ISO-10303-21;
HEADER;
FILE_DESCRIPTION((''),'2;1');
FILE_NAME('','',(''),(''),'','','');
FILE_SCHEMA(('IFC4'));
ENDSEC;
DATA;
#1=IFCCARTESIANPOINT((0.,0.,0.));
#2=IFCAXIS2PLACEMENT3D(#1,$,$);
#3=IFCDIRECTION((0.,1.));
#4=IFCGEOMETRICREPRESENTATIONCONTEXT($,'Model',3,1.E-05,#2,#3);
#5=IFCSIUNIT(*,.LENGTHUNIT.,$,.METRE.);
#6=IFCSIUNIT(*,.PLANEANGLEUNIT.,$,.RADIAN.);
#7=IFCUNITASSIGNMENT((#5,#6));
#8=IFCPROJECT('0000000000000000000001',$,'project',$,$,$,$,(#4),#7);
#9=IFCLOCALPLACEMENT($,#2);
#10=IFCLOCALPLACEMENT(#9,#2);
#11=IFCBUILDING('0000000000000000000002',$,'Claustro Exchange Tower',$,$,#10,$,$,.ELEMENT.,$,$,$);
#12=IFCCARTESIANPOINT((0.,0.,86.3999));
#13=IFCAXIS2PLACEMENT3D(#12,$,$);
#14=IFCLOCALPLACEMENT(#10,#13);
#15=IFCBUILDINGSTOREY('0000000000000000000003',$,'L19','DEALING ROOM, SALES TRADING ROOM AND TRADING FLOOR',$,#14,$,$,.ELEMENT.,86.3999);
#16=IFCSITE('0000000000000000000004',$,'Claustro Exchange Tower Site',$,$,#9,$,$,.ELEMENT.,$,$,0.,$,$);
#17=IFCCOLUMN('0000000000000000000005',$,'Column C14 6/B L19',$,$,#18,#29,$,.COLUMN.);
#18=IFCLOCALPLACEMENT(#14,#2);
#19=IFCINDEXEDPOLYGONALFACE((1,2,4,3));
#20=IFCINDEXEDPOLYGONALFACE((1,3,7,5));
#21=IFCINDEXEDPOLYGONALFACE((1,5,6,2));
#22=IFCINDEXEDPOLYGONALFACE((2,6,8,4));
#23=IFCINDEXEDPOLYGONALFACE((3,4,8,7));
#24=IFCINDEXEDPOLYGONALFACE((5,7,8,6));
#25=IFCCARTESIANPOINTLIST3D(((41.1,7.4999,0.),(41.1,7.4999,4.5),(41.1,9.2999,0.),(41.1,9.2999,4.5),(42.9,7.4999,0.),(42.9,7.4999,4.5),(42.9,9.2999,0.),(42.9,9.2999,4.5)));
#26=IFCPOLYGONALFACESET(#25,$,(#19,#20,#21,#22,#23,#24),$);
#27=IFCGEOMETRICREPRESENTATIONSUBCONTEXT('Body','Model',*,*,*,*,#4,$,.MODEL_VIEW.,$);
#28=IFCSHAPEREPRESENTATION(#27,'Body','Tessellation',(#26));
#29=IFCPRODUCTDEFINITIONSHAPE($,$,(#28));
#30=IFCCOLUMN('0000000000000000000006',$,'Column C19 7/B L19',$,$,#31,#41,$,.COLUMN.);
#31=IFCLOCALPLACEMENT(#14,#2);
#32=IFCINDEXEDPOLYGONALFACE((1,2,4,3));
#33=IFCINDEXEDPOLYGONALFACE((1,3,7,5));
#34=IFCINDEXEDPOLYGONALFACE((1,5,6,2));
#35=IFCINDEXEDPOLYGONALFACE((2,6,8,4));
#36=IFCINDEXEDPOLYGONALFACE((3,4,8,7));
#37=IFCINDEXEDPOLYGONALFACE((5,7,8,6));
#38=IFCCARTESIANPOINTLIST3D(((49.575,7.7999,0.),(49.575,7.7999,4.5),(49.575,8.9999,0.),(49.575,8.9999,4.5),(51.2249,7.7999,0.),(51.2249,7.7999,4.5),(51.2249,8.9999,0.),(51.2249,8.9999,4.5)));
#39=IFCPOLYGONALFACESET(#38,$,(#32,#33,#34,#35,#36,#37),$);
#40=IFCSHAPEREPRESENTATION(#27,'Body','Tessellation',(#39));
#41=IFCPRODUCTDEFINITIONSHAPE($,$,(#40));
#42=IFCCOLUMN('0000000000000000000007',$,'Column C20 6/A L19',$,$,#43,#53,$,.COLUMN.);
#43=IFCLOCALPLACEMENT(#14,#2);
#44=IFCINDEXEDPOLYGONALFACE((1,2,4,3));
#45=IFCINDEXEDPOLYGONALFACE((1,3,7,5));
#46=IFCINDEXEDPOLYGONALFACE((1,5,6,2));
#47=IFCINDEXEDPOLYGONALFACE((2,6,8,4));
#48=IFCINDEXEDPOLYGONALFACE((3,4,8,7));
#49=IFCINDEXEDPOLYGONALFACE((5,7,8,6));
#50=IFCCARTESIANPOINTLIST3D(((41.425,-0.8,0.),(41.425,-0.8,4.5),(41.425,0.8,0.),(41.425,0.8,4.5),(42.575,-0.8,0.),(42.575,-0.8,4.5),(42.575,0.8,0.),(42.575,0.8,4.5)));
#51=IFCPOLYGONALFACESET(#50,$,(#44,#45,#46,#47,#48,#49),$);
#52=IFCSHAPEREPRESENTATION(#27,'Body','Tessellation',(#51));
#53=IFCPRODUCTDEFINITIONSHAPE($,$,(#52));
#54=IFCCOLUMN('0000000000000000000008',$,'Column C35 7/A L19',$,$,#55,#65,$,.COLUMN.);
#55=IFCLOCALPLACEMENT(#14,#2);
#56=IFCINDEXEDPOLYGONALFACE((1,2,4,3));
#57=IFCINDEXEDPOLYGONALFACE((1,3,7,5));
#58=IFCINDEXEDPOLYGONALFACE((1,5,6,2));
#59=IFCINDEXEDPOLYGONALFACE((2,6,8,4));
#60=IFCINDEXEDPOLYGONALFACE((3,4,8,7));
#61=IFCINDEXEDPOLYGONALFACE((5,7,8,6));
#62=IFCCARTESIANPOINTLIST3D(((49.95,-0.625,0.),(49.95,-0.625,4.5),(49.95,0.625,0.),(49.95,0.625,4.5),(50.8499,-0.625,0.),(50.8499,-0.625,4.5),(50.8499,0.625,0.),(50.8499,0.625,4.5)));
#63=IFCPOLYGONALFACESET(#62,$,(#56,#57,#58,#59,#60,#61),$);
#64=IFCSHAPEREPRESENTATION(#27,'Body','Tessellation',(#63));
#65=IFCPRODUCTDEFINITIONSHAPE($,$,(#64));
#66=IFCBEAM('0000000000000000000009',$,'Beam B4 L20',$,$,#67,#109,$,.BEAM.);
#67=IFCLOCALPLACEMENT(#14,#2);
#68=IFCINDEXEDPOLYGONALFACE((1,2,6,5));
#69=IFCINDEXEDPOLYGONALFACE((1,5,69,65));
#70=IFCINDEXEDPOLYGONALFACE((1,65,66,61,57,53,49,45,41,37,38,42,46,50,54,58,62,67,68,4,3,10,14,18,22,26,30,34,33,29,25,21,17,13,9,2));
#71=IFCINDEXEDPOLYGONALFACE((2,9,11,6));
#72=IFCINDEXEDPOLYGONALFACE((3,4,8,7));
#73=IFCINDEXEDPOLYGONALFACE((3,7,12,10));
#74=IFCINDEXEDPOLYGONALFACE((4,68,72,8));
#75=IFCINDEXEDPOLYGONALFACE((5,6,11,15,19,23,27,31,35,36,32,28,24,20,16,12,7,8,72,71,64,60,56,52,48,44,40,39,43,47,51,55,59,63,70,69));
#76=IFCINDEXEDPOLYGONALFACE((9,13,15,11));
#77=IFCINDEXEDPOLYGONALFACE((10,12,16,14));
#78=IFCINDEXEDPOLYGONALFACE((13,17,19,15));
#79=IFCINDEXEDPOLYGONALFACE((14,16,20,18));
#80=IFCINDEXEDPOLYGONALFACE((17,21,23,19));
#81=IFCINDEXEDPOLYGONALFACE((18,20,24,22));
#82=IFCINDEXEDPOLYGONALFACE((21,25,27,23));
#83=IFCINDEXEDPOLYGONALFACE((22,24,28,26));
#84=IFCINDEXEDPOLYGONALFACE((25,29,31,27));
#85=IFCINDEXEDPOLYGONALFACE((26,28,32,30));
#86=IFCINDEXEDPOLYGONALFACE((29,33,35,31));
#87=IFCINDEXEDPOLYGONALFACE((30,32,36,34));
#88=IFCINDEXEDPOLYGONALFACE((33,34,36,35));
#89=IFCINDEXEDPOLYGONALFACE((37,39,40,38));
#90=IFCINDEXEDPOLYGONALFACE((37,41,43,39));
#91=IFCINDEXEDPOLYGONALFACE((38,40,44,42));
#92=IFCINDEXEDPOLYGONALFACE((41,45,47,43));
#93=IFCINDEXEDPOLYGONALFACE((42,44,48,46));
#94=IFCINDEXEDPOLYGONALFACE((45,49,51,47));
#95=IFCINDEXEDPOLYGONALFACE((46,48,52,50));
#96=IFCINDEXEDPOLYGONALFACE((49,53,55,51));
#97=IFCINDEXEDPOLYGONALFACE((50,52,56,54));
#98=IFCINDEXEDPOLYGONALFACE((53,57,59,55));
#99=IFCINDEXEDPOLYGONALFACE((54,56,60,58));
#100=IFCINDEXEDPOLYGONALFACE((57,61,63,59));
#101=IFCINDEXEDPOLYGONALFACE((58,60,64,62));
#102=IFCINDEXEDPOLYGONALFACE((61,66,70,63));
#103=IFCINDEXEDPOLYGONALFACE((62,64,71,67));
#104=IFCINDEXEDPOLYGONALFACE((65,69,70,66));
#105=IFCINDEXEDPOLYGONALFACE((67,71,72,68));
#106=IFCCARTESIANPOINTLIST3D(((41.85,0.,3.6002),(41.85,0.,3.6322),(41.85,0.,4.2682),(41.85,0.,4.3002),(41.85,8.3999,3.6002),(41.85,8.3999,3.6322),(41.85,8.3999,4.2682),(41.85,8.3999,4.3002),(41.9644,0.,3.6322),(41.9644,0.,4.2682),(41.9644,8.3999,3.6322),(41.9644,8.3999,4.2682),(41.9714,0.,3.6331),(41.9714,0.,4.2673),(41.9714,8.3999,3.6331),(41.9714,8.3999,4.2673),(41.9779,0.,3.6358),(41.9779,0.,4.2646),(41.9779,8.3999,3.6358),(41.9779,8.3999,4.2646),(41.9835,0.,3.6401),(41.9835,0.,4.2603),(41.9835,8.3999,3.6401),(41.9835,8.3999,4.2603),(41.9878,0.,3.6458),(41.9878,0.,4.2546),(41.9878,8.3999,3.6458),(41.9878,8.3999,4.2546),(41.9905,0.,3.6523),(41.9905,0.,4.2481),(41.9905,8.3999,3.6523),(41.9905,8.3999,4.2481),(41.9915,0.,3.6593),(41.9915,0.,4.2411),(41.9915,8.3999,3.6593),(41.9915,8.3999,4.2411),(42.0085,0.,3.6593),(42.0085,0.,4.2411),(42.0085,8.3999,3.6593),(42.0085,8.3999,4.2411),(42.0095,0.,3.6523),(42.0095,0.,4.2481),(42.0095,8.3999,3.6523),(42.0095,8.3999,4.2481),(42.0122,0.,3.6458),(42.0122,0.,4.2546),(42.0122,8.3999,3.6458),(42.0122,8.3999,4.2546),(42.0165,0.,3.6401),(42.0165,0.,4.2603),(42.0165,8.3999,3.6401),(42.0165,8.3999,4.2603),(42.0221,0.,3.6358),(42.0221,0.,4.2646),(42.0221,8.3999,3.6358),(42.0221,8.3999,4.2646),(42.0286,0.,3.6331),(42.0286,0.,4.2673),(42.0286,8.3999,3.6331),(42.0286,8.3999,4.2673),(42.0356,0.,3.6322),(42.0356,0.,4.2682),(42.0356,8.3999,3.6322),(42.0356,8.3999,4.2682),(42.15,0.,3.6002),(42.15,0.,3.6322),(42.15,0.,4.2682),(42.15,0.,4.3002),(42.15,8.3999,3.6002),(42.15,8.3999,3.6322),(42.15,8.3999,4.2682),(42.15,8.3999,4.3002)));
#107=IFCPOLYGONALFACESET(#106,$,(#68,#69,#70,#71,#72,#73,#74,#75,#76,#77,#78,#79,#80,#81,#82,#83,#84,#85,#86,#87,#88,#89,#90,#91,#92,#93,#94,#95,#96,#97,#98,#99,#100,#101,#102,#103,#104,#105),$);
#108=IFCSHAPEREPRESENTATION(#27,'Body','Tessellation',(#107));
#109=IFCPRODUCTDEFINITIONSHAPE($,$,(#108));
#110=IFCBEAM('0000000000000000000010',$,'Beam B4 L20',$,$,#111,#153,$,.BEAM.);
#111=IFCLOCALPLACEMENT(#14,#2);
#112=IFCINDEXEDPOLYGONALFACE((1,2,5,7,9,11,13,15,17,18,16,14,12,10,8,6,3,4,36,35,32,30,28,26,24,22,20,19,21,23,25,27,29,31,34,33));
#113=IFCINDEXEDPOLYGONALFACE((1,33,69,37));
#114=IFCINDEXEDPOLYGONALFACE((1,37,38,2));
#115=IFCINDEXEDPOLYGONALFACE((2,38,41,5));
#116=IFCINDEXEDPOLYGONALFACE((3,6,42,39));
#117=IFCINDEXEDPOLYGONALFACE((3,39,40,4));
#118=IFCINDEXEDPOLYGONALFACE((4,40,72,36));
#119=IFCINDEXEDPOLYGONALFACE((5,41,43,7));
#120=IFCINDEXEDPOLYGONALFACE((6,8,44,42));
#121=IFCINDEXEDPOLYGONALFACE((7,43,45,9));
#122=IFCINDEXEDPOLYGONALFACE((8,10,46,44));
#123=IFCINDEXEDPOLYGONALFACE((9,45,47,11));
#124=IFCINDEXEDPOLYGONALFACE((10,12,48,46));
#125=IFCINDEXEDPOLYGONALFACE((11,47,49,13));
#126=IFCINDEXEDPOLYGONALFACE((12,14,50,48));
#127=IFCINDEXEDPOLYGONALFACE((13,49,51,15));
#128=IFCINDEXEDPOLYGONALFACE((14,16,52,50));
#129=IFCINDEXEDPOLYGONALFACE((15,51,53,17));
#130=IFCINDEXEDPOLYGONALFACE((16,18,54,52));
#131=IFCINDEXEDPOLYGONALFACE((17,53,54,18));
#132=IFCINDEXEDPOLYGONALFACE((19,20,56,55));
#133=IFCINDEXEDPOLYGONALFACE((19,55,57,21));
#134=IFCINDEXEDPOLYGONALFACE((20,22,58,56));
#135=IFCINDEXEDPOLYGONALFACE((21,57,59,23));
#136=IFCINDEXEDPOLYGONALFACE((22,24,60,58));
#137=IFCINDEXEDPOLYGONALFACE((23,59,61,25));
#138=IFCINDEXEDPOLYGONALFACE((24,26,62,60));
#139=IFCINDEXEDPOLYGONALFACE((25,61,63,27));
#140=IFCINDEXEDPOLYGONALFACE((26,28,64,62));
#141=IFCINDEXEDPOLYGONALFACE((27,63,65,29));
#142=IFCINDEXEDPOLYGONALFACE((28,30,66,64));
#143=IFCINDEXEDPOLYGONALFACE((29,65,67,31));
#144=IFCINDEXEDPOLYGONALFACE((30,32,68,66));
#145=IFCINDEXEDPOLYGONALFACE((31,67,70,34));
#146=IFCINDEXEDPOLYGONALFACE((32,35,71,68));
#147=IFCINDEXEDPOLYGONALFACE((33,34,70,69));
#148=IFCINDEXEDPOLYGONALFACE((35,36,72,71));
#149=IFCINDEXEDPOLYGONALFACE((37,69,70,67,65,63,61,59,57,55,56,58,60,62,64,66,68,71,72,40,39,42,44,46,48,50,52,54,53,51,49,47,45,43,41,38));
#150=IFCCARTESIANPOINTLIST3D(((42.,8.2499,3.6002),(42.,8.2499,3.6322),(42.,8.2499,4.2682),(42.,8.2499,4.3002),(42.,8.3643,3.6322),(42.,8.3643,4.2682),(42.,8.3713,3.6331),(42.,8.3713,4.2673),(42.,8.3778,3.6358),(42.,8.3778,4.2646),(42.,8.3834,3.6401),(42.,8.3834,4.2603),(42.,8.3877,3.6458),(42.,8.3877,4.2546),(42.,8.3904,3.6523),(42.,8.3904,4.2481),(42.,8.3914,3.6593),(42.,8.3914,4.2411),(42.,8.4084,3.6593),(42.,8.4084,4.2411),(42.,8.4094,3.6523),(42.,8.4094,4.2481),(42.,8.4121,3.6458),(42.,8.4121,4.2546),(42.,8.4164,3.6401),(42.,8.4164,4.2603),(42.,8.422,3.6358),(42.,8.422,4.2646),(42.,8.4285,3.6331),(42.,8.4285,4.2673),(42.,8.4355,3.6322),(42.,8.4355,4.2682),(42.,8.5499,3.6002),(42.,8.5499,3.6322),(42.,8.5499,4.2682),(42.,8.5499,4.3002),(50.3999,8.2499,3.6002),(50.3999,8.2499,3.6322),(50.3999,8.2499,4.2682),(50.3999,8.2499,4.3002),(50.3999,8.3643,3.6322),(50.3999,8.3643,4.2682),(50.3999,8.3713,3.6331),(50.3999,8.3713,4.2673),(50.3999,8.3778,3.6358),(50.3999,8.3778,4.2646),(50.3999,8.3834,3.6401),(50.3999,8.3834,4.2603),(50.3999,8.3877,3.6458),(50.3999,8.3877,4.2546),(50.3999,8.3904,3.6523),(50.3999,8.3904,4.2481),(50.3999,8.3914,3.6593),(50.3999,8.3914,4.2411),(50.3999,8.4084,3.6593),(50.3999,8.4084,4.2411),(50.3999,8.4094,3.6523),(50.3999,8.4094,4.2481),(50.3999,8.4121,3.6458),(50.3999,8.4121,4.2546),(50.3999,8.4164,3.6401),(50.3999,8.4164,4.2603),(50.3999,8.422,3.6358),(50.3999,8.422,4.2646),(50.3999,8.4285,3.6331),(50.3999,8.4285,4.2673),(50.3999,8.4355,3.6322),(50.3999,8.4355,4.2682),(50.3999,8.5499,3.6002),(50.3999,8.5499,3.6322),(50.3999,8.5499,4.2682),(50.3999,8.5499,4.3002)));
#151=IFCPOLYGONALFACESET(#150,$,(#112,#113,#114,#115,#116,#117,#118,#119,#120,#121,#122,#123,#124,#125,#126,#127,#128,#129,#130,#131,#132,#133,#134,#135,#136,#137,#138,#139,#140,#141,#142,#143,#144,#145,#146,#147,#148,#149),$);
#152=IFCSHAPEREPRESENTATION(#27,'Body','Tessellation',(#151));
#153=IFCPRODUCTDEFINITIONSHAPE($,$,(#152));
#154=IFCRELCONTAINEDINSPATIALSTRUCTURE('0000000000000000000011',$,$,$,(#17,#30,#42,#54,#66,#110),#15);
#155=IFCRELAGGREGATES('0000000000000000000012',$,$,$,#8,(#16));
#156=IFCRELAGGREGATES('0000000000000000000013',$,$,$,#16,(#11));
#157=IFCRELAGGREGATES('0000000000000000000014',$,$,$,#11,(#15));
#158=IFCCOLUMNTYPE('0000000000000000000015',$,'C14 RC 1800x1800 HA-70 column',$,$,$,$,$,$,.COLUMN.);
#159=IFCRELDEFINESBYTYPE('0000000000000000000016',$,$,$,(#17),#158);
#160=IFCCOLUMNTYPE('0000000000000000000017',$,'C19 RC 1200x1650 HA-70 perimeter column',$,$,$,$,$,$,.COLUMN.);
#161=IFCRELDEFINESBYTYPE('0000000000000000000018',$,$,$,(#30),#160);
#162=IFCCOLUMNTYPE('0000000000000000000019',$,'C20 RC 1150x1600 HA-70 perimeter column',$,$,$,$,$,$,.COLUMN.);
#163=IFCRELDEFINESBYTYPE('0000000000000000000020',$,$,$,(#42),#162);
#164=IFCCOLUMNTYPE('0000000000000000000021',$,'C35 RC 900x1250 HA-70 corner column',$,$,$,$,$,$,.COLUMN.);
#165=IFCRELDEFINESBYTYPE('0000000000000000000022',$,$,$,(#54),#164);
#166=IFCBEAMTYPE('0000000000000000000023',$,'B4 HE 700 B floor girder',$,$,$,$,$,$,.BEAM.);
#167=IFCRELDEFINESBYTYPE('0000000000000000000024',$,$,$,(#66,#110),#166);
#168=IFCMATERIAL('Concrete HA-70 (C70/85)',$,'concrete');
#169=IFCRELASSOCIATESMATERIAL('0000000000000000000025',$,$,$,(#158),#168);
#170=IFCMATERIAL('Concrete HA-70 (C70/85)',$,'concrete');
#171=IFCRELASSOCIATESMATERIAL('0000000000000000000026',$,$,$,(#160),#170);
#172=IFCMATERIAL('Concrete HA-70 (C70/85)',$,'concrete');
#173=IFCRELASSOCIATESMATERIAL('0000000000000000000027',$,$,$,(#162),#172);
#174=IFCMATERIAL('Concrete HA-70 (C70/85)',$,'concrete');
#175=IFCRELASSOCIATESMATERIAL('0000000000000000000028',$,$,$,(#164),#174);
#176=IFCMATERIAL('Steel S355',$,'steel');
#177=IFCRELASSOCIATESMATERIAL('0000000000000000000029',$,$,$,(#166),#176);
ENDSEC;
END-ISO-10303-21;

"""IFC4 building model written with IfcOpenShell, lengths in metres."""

from ifc_helpers import new_model, si_unit, direction, frame, origin, origin_2d, place, context, subcontext, project, spatial, rectangle, i_section, extrude, material, material_profile, profile_set, type_object, element, save


model = new_model("IFC4")

# Units and contexts
model_context = context("Model", 3, precision=1e-05, world=origin(), true_north=direction((0.0, 1.0)))
body_context = subcontext(model_context, "Body", "Model", "MODEL_VIEW")
ifc_project = project(units=[si_unit("LENGTHUNIT", "METRE"), si_unit("PLANEANGLEUNIT", "RADIAN")], contexts=[model_context])

# Site, building, storey
site_placement = place(None, origin())
site = spatial("IfcSite", under=ifc_project, at=site_placement, Name="Claustro Exchange Tower Site", CompositionType="ELEMENT", RefElevation=0.0)
building_placement = place(site_placement, origin())
building = spatial("IfcBuilding", under=site, at=building_placement, Name="Claustro Exchange Tower", CompositionType="ELEMENT")
storey_placement = place(building_placement, frame((0.0, 0.0, 86.3999)))
storey = spatial("IfcBuildingStorey", under=building, at=storey_placement, Name="L19", Description="DEALING ROOM, SALES TRADING ROOM AND TRADING FLOOR", CompositionType="ELEMENT", Elevation=86.3999)

# Columns
ifc_material_1 = material(Name="Concrete HA-70 (C70/85)", Category="concrete")
ifc_material_profile_1 = material_profile(ifc_material_1, rectangle(XDim=1.8, YDim=1.8, at=origin_2d()), Name="RC 1800x1800")
ifc_profile_set_1 = profile_set([ifc_material_profile_1], Name="Concrete HA-70 (C70/85)")
column_type_1 = type_object("IfcColumnType", Name="C14 RC 1800x1800 HA-70 column", PredefinedType="COLUMN", material=ifc_profile_set_1)
column_1_placement = place(storey_placement, frame((42.0, 8.3999, 0.0), z_axis=(0.0, 0.0, 1.0), x_axis=(1.0, 0.0, 0.0)))
element("IfcColumn", 1, at=column_1_placement, inside=storey, type_object=column_type_1, Name="Column C14 6/B L19", PredefinedType="COLUMN", context=body_context, shape_type="SweptSolid", body=[
    extrude(rectangle(XDim=1.8, YDim=1.8, at=origin_2d()), origin(), (0.0, 0.0, 1.0), 4.5),
])
ifc_material_2 = material(Name="Concrete HA-70 (C70/85)", Category="concrete")
ifc_material_profile_2 = material_profile(ifc_material_2, rectangle(XDim=1.2, YDim=1.6499, at=origin_2d()), Name="RC 1200x1650")
ifc_profile_set_2 = profile_set([ifc_material_profile_2], Name="Concrete HA-70 (C70/85)")
column_type_2 = type_object("IfcColumnType", Name="C19 RC 1200x1650 HA-70 perimeter column", PredefinedType="COLUMN", material=ifc_profile_set_2)
column_2_placement = place(storey_placement, frame((50.3999, 8.3999, 0.0), z_axis=(0.0, 0.0, 1.0), x_axis=(0.0, 1.0, 0.0)))
element("IfcColumn", 2, at=column_2_placement, inside=storey, type_object=column_type_2, Name="Column C19 7/B L19", PredefinedType="COLUMN", context=body_context, shape_type="SweptSolid", body=[
    extrude(rectangle(XDim=1.2, YDim=1.6499, at=origin_2d()), origin(), (0.0, 0.0, 1.0), 4.5),
])
ifc_material_3 = material(Name="Concrete HA-70 (C70/85)", Category="concrete")
ifc_material_profile_3 = material_profile(ifc_material_3, rectangle(XDim=1.1499, YDim=1.6001, at=origin_2d()), Name="RC 1150x1600")
ifc_profile_set_3 = profile_set([ifc_material_profile_3], Name="Concrete HA-70 (C70/85)")
column_type_3 = type_object("IfcColumnType", Name="C20 RC 1150x1600 HA-70 perimeter column", PredefinedType="COLUMN", material=ifc_profile_set_3)
column_3_placement = place(storey_placement, frame((42.0, 0.0, 0.0), z_axis=(0.0, 0.0, 1.0), x_axis=(1.0, 0.0, 0.0)))
element("IfcColumn", 3, at=column_3_placement, inside=storey, type_object=column_type_3, Name="Column C20 6/A L19", PredefinedType="COLUMN", context=body_context, shape_type="SweptSolid", body=[
    extrude(rectangle(XDim=1.1499, YDim=1.6001, at=origin_2d()), origin(), (0.0, 0.0, 1.0), 4.5),
])
ifc_material_4 = material(Name="Concrete HA-70 (C70/85)", Category="concrete")
ifc_material_profile_4 = material_profile(ifc_material_4, rectangle(XDim=0.8999, YDim=1.25, at=origin_2d()), Name="RC 900x1250")
ifc_profile_set_4 = profile_set([ifc_material_profile_4], Name="Concrete HA-70 (C70/85)")
column_type_4 = type_object("IfcColumnType", Name="C35 RC 900x1250 HA-70 corner column", PredefinedType="COLUMN", material=ifc_profile_set_4)
column_4_placement = place(storey_placement, frame((50.3999, 0.0, 0.0), z_axis=(0.0, 0.0, 1.0), x_axis=(1.0, 0.0, 0.0)))
element("IfcColumn", 4, at=column_4_placement, inside=storey, type_object=column_type_4, Name="Column C35 7/A L19", PredefinedType="COLUMN", context=body_context, shape_type="SweptSolid", body=[
    extrude(rectangle(XDim=0.8999, YDim=1.25, at=origin_2d()), origin(), (0.0, 0.0, 1.0), 4.5),
])

# Beams
ifc_material_5 = material(Name="Steel S355", Category="steel")
ifc_material_profile_5 = material_profile(ifc_material_5, i_section(OverallWidth=0.3, OverallDepth=0.7, WebThickness=0.0171, FlangeThickness=0.032, FilletRadius=0.0271, at=origin_2d()), Name="HE 700 B")
ifc_profile_set_5 = profile_set([ifc_material_profile_5], Name="Steel S355")
beam_type_1 = type_object("IfcBeamType", Name="B4 HE 700 B floor girder", PredefinedType="BEAM", material=ifc_profile_set_5)
for number, where, z_axis, x_axis, name in (
    (5, (42.0, 0.0, 3.9502), (0.0, 1.0, 0.0), (-1.0, 0.0, 0.0), "Beam B4 L20"),
    (6, (42.0, 8.3999, 3.9502), (1.0, 0.0, 0.0), (0.0, 1.0, 0.0), "Beam B4 L20"),
):
    element("IfcBeam", number, at=place(storey_placement, frame(where, z_axis=z_axis, x_axis=x_axis)), inside=storey, type_object=beam_type_1, Name=name, PredefinedType="BEAM", context=body_context, shape_type="SweptSolid", body=[
        extrude(i_section(OverallWidth=0.3, OverallDepth=0.7, WebThickness=0.0171, FlangeThickness=0.032, FilletRadius=0.0271, at=origin_2d()), origin(), (0.0, 0.0, 1.0), 8.3999),
    ])

save(model, "model.ifc")
